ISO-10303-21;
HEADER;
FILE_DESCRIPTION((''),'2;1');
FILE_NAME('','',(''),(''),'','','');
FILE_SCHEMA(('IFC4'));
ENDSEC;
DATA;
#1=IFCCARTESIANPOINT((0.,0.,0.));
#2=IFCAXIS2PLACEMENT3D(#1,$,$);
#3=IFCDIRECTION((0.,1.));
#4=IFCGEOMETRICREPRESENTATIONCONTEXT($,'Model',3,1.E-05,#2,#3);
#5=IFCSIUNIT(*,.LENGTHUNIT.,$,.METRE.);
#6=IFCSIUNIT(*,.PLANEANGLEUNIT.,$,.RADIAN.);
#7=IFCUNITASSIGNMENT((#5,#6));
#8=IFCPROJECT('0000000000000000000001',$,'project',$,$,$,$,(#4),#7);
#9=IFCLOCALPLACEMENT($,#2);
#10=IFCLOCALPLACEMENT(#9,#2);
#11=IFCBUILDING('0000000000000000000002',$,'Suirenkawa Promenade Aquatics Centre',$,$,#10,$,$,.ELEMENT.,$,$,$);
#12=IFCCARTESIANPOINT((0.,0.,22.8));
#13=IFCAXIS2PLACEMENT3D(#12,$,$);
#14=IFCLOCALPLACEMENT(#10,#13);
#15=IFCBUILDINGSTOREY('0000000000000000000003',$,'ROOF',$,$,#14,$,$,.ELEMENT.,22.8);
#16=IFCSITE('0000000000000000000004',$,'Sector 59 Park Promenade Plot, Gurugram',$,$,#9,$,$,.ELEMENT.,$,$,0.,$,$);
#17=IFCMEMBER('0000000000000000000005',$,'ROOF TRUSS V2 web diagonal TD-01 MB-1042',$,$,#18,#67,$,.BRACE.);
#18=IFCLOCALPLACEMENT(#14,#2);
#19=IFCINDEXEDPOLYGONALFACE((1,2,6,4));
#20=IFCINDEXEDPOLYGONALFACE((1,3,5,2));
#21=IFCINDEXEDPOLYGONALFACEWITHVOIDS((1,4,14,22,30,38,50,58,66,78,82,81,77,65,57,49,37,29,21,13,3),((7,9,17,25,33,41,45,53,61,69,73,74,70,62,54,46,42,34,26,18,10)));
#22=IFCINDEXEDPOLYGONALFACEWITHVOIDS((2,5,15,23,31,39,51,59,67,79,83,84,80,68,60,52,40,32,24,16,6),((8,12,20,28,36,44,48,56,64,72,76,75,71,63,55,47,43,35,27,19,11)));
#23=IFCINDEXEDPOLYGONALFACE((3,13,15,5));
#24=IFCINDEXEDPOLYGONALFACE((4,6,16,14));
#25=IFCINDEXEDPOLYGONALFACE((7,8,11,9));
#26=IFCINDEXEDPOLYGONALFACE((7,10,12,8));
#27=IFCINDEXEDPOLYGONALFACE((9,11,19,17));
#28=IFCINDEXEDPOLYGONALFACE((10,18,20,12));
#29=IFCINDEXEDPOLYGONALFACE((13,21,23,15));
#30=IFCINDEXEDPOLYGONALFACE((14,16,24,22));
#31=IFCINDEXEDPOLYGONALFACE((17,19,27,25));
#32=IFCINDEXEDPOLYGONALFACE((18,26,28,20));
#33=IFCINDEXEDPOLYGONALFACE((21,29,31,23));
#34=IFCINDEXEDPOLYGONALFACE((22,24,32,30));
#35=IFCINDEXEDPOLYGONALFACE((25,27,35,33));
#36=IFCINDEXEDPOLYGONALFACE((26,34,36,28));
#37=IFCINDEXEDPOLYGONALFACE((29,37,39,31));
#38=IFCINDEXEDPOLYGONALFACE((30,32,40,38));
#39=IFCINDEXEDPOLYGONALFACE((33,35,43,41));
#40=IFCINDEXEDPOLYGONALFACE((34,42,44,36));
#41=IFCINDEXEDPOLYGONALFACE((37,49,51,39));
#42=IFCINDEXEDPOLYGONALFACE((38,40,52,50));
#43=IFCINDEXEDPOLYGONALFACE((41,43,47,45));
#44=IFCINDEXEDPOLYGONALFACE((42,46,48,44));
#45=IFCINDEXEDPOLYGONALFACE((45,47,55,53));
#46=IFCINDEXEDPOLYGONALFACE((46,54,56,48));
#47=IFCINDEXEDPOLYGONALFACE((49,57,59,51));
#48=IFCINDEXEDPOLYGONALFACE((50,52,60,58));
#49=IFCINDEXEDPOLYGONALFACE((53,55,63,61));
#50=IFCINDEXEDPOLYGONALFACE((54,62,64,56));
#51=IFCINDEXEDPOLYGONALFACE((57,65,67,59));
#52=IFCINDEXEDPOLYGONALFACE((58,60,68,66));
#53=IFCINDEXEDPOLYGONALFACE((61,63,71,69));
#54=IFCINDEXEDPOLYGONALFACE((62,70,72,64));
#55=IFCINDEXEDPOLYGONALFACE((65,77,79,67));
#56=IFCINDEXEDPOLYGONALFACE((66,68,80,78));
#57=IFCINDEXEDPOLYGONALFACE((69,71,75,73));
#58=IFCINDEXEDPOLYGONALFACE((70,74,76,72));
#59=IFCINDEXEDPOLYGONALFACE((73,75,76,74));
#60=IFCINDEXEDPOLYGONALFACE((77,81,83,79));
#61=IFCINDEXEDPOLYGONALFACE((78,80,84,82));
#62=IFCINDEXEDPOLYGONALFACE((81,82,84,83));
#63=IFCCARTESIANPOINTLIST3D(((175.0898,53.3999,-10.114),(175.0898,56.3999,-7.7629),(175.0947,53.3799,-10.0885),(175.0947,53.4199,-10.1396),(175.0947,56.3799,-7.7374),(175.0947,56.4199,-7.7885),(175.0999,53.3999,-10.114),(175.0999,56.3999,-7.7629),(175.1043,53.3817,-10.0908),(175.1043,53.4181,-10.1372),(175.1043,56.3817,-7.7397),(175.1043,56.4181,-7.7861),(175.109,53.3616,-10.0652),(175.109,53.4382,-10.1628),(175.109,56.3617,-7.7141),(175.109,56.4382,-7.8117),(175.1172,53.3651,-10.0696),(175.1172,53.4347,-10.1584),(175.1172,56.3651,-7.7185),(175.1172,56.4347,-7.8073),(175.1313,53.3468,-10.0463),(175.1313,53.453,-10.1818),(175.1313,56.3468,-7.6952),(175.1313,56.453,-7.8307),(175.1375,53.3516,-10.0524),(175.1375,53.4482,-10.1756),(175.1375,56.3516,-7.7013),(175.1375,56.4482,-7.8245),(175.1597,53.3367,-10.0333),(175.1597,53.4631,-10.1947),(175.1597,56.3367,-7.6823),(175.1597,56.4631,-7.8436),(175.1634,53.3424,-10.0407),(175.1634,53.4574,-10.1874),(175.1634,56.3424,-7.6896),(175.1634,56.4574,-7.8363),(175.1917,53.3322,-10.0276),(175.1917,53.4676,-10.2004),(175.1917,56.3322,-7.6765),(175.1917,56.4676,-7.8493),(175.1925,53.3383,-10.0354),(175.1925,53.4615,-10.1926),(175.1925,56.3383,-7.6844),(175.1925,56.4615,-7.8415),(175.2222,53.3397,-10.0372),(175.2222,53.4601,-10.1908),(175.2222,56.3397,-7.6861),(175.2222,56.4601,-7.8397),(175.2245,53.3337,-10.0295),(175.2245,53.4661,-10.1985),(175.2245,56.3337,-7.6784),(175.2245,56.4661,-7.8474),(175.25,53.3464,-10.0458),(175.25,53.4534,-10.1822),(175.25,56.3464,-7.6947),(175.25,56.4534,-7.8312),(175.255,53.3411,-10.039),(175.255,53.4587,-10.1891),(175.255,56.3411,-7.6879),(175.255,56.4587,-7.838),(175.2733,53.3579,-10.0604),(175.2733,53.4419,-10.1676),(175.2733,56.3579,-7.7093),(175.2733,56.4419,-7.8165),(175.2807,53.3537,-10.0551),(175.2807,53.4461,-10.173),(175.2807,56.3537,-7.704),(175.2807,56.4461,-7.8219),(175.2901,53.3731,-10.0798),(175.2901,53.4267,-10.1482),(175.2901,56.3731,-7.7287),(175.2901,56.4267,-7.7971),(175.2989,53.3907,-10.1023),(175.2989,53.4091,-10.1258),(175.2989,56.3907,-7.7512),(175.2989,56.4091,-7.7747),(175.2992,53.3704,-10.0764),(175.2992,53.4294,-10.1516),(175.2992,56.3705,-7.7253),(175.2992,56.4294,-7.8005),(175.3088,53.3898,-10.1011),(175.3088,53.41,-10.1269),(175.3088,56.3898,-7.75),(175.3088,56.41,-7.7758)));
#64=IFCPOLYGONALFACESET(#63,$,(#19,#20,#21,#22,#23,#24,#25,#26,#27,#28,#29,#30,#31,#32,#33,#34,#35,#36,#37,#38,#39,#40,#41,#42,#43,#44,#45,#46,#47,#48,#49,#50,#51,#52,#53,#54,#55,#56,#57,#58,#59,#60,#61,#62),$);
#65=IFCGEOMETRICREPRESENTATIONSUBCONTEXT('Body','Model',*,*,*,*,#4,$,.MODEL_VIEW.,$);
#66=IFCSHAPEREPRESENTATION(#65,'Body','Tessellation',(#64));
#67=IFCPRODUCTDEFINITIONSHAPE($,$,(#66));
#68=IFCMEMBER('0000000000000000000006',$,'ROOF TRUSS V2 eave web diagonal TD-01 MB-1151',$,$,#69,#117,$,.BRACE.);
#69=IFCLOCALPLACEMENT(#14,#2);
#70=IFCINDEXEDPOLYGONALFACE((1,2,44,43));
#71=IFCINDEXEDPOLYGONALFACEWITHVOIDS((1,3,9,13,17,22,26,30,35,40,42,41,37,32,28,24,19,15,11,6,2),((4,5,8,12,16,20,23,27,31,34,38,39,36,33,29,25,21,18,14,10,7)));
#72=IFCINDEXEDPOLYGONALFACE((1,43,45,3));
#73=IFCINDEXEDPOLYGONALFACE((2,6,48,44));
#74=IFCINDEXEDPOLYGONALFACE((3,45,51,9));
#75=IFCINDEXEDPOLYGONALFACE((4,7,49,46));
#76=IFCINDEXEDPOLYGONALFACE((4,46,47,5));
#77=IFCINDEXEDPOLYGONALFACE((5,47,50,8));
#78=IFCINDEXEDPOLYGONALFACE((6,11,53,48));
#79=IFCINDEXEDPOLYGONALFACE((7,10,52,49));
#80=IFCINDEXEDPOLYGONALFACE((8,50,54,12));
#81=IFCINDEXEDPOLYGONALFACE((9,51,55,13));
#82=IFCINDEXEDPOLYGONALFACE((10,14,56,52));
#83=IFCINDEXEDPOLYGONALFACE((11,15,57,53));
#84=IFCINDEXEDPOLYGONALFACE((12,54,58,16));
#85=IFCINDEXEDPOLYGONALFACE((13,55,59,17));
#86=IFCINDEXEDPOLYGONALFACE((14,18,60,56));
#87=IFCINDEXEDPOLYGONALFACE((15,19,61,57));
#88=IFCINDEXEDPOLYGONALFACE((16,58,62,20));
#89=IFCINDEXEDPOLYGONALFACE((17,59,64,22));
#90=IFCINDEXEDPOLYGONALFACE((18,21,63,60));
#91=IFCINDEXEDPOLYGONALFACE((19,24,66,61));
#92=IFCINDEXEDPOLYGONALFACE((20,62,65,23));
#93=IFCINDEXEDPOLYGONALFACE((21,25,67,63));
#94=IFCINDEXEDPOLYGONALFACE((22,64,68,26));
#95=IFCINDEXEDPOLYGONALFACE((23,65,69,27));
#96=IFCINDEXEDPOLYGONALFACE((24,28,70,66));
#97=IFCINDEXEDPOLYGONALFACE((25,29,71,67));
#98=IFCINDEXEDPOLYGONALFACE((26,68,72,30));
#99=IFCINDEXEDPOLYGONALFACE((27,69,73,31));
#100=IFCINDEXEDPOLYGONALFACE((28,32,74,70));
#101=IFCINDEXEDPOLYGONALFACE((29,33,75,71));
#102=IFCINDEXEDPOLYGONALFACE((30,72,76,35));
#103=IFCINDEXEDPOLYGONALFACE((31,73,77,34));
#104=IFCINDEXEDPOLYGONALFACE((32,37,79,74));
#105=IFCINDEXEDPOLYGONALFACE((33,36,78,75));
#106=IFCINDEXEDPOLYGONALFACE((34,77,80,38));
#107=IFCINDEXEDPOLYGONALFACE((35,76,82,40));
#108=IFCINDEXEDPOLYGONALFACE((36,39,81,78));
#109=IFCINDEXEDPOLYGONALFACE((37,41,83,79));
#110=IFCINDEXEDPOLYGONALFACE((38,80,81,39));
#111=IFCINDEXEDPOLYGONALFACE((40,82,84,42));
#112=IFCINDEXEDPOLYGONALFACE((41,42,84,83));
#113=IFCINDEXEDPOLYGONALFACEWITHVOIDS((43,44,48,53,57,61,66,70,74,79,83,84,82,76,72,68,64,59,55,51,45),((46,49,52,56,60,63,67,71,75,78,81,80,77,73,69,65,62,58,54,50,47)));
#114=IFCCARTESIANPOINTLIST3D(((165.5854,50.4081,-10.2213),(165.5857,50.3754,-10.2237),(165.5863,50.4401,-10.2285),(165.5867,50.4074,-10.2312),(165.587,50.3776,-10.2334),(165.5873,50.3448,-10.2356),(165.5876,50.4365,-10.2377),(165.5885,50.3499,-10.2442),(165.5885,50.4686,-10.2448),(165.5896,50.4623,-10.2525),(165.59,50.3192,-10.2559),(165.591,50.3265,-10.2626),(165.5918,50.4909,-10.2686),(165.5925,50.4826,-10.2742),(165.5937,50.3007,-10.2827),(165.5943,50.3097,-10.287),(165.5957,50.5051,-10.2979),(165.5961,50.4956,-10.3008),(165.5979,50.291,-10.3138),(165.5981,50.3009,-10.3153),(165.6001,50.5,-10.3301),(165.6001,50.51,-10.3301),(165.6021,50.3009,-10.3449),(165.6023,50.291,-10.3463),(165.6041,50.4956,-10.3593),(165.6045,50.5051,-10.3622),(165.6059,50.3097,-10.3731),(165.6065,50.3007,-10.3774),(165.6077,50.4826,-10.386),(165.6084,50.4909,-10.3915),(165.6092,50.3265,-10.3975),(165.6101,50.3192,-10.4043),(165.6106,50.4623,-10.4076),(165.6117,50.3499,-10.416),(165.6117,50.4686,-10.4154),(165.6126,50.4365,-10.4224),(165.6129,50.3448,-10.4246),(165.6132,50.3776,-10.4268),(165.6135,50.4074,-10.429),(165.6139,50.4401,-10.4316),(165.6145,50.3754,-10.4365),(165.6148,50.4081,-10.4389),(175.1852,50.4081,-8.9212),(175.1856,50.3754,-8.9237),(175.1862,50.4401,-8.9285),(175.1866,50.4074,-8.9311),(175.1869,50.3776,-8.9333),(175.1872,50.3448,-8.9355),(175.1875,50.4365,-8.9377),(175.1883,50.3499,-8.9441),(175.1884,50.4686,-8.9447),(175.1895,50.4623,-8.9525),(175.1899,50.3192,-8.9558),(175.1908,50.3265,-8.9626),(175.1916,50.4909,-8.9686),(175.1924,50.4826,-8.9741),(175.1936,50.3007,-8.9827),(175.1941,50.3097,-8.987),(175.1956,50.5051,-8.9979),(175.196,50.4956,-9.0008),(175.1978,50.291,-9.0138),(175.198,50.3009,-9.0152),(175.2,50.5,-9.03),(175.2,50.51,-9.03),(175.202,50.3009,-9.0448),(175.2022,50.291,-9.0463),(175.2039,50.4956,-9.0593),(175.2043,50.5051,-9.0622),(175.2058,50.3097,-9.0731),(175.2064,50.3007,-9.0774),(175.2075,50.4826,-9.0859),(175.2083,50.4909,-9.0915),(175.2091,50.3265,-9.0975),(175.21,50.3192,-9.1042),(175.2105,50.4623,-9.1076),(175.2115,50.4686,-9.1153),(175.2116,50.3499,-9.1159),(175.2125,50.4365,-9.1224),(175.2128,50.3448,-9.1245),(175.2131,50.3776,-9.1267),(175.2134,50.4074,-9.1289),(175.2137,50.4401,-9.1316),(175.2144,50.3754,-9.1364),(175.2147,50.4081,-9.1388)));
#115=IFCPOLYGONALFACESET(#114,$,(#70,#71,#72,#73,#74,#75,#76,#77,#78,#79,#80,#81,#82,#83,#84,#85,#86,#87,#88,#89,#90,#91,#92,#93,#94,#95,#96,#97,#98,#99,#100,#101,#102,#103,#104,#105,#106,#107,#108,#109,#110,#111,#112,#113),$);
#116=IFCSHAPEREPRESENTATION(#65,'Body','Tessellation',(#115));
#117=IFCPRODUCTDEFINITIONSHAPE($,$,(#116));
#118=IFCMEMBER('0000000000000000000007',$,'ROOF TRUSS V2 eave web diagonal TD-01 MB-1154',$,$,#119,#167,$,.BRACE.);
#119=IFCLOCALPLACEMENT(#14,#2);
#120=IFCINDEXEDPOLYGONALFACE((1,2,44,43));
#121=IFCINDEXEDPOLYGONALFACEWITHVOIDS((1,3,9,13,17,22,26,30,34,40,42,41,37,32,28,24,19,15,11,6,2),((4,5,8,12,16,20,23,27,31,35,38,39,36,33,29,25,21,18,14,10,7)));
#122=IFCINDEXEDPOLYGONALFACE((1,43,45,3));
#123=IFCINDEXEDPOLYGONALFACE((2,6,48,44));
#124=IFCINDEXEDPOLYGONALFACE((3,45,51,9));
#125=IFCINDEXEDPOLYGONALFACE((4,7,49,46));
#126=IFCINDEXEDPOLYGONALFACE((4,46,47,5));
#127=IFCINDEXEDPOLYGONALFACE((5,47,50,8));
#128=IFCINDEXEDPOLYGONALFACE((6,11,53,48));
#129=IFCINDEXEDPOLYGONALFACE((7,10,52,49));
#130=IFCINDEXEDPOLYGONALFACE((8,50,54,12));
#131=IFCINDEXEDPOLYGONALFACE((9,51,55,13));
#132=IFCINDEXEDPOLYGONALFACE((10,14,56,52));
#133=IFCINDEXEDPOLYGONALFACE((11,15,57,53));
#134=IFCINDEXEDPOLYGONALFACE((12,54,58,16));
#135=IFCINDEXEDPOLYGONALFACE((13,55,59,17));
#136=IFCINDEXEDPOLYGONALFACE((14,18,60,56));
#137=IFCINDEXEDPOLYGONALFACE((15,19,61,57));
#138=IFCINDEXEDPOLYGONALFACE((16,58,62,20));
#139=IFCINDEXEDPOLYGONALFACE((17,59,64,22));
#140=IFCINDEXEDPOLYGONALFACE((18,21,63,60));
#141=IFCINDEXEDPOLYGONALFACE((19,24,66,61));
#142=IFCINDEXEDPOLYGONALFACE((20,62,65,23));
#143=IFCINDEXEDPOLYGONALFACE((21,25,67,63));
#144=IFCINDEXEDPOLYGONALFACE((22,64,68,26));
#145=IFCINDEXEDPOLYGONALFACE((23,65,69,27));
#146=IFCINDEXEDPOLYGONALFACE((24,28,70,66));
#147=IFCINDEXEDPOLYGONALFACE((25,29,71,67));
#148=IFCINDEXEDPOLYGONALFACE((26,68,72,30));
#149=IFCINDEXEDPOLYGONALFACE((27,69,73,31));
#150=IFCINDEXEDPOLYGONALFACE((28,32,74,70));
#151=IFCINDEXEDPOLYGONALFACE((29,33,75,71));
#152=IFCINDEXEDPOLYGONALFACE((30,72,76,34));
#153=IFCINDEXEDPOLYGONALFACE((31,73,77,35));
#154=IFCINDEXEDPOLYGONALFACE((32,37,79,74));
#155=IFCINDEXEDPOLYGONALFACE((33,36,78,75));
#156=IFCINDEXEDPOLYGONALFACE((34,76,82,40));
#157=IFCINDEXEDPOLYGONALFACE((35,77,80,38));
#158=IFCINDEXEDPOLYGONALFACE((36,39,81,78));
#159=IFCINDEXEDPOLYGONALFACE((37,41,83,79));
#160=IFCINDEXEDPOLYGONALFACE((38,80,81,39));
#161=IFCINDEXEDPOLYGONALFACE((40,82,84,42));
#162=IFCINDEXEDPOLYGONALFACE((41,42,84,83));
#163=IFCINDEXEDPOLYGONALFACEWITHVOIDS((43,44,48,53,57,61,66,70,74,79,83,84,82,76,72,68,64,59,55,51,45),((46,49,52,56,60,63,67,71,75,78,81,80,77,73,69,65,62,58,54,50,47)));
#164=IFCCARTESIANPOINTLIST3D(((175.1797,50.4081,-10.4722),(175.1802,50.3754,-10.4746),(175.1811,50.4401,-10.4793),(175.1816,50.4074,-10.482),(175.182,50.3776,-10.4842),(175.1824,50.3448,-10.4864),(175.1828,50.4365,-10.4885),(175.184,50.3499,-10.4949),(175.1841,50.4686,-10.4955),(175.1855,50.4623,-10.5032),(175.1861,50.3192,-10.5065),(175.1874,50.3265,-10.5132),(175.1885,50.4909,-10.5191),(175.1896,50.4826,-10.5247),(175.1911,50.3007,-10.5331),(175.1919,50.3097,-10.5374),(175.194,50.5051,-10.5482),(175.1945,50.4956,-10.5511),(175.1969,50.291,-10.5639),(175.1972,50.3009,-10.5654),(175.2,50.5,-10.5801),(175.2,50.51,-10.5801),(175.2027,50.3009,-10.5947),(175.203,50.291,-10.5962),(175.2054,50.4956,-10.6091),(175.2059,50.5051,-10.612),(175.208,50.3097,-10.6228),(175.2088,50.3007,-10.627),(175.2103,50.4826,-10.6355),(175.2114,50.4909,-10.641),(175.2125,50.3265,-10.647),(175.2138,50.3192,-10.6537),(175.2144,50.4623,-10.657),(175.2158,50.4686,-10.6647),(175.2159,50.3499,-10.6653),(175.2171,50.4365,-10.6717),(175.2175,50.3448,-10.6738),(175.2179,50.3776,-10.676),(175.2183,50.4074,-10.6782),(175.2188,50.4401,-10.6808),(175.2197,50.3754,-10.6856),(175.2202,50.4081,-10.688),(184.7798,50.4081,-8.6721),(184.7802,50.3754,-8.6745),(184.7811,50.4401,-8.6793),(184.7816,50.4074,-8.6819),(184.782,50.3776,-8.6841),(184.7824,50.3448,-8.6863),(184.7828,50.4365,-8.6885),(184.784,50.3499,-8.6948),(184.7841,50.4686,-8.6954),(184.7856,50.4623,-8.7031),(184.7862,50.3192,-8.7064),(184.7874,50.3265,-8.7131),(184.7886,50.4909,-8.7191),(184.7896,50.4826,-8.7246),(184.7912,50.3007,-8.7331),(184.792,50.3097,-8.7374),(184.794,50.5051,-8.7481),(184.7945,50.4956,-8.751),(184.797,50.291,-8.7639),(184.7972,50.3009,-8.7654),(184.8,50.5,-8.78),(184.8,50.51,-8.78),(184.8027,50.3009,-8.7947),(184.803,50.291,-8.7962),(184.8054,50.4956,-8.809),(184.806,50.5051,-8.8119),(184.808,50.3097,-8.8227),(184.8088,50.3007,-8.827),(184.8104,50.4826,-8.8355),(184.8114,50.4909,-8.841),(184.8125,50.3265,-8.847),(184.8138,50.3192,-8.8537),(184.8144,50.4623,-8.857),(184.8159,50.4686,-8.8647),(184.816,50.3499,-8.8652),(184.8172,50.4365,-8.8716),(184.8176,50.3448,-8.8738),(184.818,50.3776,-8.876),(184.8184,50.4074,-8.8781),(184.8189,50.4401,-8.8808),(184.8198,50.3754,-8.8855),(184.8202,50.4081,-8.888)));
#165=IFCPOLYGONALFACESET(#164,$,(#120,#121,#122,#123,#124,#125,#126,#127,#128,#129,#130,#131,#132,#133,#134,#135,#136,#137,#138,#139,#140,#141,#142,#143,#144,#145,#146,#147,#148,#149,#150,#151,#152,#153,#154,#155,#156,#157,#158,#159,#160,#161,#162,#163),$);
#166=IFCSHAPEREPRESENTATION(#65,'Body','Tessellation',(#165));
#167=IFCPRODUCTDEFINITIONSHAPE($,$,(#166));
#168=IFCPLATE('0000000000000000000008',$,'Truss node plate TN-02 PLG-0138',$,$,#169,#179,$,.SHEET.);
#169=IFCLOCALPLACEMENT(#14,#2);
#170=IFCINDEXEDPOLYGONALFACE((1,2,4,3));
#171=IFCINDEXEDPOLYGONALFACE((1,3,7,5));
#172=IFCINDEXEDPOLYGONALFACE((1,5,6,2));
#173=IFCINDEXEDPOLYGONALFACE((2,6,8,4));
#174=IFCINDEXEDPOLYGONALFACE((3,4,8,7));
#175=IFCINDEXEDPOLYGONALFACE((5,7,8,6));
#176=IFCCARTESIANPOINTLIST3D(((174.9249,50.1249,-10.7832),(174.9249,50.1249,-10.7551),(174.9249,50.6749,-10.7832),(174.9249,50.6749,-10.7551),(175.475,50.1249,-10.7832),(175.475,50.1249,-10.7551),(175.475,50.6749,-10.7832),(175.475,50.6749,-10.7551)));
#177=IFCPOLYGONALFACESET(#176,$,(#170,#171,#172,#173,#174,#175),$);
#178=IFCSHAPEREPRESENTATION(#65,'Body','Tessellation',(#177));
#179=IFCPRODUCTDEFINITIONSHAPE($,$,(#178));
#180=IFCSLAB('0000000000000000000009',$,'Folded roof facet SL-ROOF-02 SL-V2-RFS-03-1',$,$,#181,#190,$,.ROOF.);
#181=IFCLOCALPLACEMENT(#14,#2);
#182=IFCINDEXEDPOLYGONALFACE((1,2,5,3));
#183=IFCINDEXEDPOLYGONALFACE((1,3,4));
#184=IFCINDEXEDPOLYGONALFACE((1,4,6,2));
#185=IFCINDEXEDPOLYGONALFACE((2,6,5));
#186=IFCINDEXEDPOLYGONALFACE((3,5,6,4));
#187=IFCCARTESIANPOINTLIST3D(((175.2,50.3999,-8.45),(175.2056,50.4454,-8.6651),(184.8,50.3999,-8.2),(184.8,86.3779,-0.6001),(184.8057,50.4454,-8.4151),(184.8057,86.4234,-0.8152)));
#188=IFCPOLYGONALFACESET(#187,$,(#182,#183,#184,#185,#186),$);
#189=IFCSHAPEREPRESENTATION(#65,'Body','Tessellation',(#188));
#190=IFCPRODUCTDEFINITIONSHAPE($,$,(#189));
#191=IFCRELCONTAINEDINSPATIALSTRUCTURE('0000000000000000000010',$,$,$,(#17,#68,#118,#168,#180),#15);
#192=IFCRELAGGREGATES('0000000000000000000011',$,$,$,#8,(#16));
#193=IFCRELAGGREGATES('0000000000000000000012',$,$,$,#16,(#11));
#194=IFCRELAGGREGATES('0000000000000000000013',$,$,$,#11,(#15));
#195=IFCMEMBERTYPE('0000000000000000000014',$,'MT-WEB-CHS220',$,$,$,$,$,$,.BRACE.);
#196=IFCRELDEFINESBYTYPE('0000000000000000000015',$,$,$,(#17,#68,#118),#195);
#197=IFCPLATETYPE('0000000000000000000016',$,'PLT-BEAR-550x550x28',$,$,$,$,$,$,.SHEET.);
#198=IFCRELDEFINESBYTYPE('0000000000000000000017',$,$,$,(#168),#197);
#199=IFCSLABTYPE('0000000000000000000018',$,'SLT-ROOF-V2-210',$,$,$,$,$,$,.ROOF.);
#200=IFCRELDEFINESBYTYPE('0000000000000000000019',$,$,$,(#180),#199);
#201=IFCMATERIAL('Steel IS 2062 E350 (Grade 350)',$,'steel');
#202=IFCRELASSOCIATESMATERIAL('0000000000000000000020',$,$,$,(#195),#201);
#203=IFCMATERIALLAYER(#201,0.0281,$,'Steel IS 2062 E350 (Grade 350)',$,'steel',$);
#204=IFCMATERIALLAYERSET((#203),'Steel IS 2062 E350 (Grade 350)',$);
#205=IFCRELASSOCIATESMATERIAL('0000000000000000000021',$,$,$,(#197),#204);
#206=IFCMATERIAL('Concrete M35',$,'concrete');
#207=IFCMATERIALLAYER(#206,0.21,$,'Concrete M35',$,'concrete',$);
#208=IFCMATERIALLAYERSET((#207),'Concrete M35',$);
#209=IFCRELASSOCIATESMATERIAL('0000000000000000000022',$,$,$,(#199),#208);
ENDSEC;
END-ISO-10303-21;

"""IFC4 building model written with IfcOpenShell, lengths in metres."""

from ifc_helpers import new_model, si_unit, direction, frame, origin, origin_2d, place, context, subcontext, project, spatial, polyline, rectangle, hollow_circle, outline, extrude, material, layer, layer_set, material_profile, profile_set, type_object, element, save


model = new_model("IFC4")

# Units and contexts
model_context = context("Model", 3, precision=1e-05, world=origin(), true_north=direction((0.0, 1.0)))
body_context = subcontext(model_context, "Body", "Model", "MODEL_VIEW")
ifc_project = project(units=[si_unit("LENGTHUNIT", "METRE"), si_unit("PLANEANGLEUNIT", "RADIAN")], contexts=[model_context])

# Site, building, storey
site_placement = place(None, origin())
site = spatial("IfcSite", under=ifc_project, at=site_placement, Name="Sector 59 Park Promenade Plot, Gurugram", CompositionType="ELEMENT", RefElevation=0.0)
building_placement = place(site_placement, origin())
building = spatial("IfcBuilding", under=site, at=building_placement, Name="Suirenkawa Promenade Aquatics Centre", CompositionType="ELEMENT")
storey_placement = place(building_placement, frame((0.0, 0.0, 22.8)))
storey = spatial("IfcBuildingStorey", under=building, at=storey_placement, Name="ROOF", CompositionType="ELEMENT", Elevation=22.8)

# Shared definitions
ifc_material_1 = material(Name="Steel IS 2062 E350 (Grade 350)", Category="steel")

# Members
ifc_material_profile_1 = material_profile(ifc_material_1, hollow_circle(Radius=0.1101, WallThickness=0.01, at=origin_2d()), Name="CHS 220x10", Category="steel")
ifc_profile_set_1 = profile_set([ifc_material_profile_1], Name="Steel IS 2062 E350 (Grade 350)")
member_type_1 = type_object("IfcMemberType", Name="MT-WEB-CHS220", PredefinedType="BRACE", material=ifc_profile_set_1)
member_1_placement = place(storey_placement, frame((175.2, 53.3999, -10.114), z_axis=(0.0, 0.787091, 0.616837), x_axis=(-1.0, 0.0, 0.0)))
element("IfcMember", 1, at=member_1_placement, inside=storey, type_object=member_type_1, Name="ROOF TRUSS V2 web diagonal TD-01 MB-1042", PredefinedType="BRACE", context=body_context, shape_type="SweptSolid", body=[
    extrude(hollow_circle(Radius=0.1101, WallThickness=0.01, at=origin_2d()), origin(), (0.0, 0.0, 1.0), 3.8115),
])
member_2_placement = place(storey_placement, frame((165.6001, 50.3999, -10.3301), z_axis=(0.990954, 0.0, 0.134199), x_axis=(0.0, 1.0, 0.0)))
element("IfcMember", 2, at=member_2_placement, inside=storey, type_object=member_type_1, Name="ROOF TRUSS V2 eave web diagonal TD-01 MB-1151", PredefinedType="BRACE", context=body_context, shape_type="SweptSolid", body=[
    extrude(hollow_circle(Radius=0.1101, WallThickness=0.01, at=origin_2d()), origin(), (0.0, 0.0, 1.0), 9.6875),
])
member_3_placement = place(storey_placement, frame((175.2, 50.3999, -10.5801), z_axis=(0.982872, 0.0, 0.184292), x_axis=(0.0, 1.0, 0.0)))
element("IfcMember", 3, at=member_3_placement, inside=storey, type_object=member_type_1, Name="ROOF TRUSS V2 eave web diagonal TD-01 MB-1154", PredefinedType="BRACE", context=body_context, shape_type="SweptSolid", body=[
    extrude(hollow_circle(Radius=0.1101, WallThickness=0.01, at=origin_2d()), origin(), (0.0, 0.0, 1.0), 9.7673),
])

# Plate
ifc_layer_1 = layer(ifc_material_1, 0.0281, Name="Steel IS 2062 E350 (Grade 350)", Category="steel")
ifc_layer_set_1 = layer_set([ifc_layer_1], Name="Steel IS 2062 E350 (Grade 350)")
plate_type = type_object("IfcPlateType", Name="PLT-BEAR-550x550x28", PredefinedType="SHEET", material=ifc_layer_set_1)
plate_placement = place(storey_placement, frame((175.2, 50.3999, -10.7832), z_axis=(0.0, 0.0, 1.0), x_axis=(1.0, 0.0, 0.0)))
element("IfcPlate", 4, at=plate_placement, inside=storey, type_object=plate_type, Name="Truss node plate TN-02 PLG-0138", PredefinedType="SHEET", context=body_context, shape_type="SweptSolid", body=[
    extrude(rectangle(XDim=0.55, YDim=0.55, at=origin_2d()), origin(), (0.0, 0.0, 1.0), 0.0281),
])

# Slab
ifc_material_2 = material(Name="Concrete M35", Category="concrete")
ifc_layer_2 = layer(ifc_material_2, 0.21, Name="Concrete M35", Category="concrete")
ifc_layer_set_2 = layer_set([ifc_layer_2], Name="Concrete M35")
slab_type = type_object("IfcSlabType", Name="SLT-ROOF-V2-210", PredefinedType="ROOF", material=ifc_layer_set_2)
slab_1_placement = place(storey_placement, frame((175.2, 50.3999, -8.45), z_axis=(-0.025471, -0.206608, 0.978092), x_axis=(0.999661, 0.0, 0.026033)))
element("IfcSlab", 5, at=slab_1_placement, inside=storey, type_object=slab_type, Name="Folded roof facet SL-ROOF-02 SL-V2-RFS-03-1", PredefinedType="ROOF", context=body_context, shape_type="SweptSolid", body=[
    extrude(outline(polyline([(0.0, 0.0), (9.6034, 0.0), (9.8012, 36.7714), (0.0, 0.0)])), origin(), (0.0, 0.0, -1.0), 0.22),
])

save(model, "model.ifc")
